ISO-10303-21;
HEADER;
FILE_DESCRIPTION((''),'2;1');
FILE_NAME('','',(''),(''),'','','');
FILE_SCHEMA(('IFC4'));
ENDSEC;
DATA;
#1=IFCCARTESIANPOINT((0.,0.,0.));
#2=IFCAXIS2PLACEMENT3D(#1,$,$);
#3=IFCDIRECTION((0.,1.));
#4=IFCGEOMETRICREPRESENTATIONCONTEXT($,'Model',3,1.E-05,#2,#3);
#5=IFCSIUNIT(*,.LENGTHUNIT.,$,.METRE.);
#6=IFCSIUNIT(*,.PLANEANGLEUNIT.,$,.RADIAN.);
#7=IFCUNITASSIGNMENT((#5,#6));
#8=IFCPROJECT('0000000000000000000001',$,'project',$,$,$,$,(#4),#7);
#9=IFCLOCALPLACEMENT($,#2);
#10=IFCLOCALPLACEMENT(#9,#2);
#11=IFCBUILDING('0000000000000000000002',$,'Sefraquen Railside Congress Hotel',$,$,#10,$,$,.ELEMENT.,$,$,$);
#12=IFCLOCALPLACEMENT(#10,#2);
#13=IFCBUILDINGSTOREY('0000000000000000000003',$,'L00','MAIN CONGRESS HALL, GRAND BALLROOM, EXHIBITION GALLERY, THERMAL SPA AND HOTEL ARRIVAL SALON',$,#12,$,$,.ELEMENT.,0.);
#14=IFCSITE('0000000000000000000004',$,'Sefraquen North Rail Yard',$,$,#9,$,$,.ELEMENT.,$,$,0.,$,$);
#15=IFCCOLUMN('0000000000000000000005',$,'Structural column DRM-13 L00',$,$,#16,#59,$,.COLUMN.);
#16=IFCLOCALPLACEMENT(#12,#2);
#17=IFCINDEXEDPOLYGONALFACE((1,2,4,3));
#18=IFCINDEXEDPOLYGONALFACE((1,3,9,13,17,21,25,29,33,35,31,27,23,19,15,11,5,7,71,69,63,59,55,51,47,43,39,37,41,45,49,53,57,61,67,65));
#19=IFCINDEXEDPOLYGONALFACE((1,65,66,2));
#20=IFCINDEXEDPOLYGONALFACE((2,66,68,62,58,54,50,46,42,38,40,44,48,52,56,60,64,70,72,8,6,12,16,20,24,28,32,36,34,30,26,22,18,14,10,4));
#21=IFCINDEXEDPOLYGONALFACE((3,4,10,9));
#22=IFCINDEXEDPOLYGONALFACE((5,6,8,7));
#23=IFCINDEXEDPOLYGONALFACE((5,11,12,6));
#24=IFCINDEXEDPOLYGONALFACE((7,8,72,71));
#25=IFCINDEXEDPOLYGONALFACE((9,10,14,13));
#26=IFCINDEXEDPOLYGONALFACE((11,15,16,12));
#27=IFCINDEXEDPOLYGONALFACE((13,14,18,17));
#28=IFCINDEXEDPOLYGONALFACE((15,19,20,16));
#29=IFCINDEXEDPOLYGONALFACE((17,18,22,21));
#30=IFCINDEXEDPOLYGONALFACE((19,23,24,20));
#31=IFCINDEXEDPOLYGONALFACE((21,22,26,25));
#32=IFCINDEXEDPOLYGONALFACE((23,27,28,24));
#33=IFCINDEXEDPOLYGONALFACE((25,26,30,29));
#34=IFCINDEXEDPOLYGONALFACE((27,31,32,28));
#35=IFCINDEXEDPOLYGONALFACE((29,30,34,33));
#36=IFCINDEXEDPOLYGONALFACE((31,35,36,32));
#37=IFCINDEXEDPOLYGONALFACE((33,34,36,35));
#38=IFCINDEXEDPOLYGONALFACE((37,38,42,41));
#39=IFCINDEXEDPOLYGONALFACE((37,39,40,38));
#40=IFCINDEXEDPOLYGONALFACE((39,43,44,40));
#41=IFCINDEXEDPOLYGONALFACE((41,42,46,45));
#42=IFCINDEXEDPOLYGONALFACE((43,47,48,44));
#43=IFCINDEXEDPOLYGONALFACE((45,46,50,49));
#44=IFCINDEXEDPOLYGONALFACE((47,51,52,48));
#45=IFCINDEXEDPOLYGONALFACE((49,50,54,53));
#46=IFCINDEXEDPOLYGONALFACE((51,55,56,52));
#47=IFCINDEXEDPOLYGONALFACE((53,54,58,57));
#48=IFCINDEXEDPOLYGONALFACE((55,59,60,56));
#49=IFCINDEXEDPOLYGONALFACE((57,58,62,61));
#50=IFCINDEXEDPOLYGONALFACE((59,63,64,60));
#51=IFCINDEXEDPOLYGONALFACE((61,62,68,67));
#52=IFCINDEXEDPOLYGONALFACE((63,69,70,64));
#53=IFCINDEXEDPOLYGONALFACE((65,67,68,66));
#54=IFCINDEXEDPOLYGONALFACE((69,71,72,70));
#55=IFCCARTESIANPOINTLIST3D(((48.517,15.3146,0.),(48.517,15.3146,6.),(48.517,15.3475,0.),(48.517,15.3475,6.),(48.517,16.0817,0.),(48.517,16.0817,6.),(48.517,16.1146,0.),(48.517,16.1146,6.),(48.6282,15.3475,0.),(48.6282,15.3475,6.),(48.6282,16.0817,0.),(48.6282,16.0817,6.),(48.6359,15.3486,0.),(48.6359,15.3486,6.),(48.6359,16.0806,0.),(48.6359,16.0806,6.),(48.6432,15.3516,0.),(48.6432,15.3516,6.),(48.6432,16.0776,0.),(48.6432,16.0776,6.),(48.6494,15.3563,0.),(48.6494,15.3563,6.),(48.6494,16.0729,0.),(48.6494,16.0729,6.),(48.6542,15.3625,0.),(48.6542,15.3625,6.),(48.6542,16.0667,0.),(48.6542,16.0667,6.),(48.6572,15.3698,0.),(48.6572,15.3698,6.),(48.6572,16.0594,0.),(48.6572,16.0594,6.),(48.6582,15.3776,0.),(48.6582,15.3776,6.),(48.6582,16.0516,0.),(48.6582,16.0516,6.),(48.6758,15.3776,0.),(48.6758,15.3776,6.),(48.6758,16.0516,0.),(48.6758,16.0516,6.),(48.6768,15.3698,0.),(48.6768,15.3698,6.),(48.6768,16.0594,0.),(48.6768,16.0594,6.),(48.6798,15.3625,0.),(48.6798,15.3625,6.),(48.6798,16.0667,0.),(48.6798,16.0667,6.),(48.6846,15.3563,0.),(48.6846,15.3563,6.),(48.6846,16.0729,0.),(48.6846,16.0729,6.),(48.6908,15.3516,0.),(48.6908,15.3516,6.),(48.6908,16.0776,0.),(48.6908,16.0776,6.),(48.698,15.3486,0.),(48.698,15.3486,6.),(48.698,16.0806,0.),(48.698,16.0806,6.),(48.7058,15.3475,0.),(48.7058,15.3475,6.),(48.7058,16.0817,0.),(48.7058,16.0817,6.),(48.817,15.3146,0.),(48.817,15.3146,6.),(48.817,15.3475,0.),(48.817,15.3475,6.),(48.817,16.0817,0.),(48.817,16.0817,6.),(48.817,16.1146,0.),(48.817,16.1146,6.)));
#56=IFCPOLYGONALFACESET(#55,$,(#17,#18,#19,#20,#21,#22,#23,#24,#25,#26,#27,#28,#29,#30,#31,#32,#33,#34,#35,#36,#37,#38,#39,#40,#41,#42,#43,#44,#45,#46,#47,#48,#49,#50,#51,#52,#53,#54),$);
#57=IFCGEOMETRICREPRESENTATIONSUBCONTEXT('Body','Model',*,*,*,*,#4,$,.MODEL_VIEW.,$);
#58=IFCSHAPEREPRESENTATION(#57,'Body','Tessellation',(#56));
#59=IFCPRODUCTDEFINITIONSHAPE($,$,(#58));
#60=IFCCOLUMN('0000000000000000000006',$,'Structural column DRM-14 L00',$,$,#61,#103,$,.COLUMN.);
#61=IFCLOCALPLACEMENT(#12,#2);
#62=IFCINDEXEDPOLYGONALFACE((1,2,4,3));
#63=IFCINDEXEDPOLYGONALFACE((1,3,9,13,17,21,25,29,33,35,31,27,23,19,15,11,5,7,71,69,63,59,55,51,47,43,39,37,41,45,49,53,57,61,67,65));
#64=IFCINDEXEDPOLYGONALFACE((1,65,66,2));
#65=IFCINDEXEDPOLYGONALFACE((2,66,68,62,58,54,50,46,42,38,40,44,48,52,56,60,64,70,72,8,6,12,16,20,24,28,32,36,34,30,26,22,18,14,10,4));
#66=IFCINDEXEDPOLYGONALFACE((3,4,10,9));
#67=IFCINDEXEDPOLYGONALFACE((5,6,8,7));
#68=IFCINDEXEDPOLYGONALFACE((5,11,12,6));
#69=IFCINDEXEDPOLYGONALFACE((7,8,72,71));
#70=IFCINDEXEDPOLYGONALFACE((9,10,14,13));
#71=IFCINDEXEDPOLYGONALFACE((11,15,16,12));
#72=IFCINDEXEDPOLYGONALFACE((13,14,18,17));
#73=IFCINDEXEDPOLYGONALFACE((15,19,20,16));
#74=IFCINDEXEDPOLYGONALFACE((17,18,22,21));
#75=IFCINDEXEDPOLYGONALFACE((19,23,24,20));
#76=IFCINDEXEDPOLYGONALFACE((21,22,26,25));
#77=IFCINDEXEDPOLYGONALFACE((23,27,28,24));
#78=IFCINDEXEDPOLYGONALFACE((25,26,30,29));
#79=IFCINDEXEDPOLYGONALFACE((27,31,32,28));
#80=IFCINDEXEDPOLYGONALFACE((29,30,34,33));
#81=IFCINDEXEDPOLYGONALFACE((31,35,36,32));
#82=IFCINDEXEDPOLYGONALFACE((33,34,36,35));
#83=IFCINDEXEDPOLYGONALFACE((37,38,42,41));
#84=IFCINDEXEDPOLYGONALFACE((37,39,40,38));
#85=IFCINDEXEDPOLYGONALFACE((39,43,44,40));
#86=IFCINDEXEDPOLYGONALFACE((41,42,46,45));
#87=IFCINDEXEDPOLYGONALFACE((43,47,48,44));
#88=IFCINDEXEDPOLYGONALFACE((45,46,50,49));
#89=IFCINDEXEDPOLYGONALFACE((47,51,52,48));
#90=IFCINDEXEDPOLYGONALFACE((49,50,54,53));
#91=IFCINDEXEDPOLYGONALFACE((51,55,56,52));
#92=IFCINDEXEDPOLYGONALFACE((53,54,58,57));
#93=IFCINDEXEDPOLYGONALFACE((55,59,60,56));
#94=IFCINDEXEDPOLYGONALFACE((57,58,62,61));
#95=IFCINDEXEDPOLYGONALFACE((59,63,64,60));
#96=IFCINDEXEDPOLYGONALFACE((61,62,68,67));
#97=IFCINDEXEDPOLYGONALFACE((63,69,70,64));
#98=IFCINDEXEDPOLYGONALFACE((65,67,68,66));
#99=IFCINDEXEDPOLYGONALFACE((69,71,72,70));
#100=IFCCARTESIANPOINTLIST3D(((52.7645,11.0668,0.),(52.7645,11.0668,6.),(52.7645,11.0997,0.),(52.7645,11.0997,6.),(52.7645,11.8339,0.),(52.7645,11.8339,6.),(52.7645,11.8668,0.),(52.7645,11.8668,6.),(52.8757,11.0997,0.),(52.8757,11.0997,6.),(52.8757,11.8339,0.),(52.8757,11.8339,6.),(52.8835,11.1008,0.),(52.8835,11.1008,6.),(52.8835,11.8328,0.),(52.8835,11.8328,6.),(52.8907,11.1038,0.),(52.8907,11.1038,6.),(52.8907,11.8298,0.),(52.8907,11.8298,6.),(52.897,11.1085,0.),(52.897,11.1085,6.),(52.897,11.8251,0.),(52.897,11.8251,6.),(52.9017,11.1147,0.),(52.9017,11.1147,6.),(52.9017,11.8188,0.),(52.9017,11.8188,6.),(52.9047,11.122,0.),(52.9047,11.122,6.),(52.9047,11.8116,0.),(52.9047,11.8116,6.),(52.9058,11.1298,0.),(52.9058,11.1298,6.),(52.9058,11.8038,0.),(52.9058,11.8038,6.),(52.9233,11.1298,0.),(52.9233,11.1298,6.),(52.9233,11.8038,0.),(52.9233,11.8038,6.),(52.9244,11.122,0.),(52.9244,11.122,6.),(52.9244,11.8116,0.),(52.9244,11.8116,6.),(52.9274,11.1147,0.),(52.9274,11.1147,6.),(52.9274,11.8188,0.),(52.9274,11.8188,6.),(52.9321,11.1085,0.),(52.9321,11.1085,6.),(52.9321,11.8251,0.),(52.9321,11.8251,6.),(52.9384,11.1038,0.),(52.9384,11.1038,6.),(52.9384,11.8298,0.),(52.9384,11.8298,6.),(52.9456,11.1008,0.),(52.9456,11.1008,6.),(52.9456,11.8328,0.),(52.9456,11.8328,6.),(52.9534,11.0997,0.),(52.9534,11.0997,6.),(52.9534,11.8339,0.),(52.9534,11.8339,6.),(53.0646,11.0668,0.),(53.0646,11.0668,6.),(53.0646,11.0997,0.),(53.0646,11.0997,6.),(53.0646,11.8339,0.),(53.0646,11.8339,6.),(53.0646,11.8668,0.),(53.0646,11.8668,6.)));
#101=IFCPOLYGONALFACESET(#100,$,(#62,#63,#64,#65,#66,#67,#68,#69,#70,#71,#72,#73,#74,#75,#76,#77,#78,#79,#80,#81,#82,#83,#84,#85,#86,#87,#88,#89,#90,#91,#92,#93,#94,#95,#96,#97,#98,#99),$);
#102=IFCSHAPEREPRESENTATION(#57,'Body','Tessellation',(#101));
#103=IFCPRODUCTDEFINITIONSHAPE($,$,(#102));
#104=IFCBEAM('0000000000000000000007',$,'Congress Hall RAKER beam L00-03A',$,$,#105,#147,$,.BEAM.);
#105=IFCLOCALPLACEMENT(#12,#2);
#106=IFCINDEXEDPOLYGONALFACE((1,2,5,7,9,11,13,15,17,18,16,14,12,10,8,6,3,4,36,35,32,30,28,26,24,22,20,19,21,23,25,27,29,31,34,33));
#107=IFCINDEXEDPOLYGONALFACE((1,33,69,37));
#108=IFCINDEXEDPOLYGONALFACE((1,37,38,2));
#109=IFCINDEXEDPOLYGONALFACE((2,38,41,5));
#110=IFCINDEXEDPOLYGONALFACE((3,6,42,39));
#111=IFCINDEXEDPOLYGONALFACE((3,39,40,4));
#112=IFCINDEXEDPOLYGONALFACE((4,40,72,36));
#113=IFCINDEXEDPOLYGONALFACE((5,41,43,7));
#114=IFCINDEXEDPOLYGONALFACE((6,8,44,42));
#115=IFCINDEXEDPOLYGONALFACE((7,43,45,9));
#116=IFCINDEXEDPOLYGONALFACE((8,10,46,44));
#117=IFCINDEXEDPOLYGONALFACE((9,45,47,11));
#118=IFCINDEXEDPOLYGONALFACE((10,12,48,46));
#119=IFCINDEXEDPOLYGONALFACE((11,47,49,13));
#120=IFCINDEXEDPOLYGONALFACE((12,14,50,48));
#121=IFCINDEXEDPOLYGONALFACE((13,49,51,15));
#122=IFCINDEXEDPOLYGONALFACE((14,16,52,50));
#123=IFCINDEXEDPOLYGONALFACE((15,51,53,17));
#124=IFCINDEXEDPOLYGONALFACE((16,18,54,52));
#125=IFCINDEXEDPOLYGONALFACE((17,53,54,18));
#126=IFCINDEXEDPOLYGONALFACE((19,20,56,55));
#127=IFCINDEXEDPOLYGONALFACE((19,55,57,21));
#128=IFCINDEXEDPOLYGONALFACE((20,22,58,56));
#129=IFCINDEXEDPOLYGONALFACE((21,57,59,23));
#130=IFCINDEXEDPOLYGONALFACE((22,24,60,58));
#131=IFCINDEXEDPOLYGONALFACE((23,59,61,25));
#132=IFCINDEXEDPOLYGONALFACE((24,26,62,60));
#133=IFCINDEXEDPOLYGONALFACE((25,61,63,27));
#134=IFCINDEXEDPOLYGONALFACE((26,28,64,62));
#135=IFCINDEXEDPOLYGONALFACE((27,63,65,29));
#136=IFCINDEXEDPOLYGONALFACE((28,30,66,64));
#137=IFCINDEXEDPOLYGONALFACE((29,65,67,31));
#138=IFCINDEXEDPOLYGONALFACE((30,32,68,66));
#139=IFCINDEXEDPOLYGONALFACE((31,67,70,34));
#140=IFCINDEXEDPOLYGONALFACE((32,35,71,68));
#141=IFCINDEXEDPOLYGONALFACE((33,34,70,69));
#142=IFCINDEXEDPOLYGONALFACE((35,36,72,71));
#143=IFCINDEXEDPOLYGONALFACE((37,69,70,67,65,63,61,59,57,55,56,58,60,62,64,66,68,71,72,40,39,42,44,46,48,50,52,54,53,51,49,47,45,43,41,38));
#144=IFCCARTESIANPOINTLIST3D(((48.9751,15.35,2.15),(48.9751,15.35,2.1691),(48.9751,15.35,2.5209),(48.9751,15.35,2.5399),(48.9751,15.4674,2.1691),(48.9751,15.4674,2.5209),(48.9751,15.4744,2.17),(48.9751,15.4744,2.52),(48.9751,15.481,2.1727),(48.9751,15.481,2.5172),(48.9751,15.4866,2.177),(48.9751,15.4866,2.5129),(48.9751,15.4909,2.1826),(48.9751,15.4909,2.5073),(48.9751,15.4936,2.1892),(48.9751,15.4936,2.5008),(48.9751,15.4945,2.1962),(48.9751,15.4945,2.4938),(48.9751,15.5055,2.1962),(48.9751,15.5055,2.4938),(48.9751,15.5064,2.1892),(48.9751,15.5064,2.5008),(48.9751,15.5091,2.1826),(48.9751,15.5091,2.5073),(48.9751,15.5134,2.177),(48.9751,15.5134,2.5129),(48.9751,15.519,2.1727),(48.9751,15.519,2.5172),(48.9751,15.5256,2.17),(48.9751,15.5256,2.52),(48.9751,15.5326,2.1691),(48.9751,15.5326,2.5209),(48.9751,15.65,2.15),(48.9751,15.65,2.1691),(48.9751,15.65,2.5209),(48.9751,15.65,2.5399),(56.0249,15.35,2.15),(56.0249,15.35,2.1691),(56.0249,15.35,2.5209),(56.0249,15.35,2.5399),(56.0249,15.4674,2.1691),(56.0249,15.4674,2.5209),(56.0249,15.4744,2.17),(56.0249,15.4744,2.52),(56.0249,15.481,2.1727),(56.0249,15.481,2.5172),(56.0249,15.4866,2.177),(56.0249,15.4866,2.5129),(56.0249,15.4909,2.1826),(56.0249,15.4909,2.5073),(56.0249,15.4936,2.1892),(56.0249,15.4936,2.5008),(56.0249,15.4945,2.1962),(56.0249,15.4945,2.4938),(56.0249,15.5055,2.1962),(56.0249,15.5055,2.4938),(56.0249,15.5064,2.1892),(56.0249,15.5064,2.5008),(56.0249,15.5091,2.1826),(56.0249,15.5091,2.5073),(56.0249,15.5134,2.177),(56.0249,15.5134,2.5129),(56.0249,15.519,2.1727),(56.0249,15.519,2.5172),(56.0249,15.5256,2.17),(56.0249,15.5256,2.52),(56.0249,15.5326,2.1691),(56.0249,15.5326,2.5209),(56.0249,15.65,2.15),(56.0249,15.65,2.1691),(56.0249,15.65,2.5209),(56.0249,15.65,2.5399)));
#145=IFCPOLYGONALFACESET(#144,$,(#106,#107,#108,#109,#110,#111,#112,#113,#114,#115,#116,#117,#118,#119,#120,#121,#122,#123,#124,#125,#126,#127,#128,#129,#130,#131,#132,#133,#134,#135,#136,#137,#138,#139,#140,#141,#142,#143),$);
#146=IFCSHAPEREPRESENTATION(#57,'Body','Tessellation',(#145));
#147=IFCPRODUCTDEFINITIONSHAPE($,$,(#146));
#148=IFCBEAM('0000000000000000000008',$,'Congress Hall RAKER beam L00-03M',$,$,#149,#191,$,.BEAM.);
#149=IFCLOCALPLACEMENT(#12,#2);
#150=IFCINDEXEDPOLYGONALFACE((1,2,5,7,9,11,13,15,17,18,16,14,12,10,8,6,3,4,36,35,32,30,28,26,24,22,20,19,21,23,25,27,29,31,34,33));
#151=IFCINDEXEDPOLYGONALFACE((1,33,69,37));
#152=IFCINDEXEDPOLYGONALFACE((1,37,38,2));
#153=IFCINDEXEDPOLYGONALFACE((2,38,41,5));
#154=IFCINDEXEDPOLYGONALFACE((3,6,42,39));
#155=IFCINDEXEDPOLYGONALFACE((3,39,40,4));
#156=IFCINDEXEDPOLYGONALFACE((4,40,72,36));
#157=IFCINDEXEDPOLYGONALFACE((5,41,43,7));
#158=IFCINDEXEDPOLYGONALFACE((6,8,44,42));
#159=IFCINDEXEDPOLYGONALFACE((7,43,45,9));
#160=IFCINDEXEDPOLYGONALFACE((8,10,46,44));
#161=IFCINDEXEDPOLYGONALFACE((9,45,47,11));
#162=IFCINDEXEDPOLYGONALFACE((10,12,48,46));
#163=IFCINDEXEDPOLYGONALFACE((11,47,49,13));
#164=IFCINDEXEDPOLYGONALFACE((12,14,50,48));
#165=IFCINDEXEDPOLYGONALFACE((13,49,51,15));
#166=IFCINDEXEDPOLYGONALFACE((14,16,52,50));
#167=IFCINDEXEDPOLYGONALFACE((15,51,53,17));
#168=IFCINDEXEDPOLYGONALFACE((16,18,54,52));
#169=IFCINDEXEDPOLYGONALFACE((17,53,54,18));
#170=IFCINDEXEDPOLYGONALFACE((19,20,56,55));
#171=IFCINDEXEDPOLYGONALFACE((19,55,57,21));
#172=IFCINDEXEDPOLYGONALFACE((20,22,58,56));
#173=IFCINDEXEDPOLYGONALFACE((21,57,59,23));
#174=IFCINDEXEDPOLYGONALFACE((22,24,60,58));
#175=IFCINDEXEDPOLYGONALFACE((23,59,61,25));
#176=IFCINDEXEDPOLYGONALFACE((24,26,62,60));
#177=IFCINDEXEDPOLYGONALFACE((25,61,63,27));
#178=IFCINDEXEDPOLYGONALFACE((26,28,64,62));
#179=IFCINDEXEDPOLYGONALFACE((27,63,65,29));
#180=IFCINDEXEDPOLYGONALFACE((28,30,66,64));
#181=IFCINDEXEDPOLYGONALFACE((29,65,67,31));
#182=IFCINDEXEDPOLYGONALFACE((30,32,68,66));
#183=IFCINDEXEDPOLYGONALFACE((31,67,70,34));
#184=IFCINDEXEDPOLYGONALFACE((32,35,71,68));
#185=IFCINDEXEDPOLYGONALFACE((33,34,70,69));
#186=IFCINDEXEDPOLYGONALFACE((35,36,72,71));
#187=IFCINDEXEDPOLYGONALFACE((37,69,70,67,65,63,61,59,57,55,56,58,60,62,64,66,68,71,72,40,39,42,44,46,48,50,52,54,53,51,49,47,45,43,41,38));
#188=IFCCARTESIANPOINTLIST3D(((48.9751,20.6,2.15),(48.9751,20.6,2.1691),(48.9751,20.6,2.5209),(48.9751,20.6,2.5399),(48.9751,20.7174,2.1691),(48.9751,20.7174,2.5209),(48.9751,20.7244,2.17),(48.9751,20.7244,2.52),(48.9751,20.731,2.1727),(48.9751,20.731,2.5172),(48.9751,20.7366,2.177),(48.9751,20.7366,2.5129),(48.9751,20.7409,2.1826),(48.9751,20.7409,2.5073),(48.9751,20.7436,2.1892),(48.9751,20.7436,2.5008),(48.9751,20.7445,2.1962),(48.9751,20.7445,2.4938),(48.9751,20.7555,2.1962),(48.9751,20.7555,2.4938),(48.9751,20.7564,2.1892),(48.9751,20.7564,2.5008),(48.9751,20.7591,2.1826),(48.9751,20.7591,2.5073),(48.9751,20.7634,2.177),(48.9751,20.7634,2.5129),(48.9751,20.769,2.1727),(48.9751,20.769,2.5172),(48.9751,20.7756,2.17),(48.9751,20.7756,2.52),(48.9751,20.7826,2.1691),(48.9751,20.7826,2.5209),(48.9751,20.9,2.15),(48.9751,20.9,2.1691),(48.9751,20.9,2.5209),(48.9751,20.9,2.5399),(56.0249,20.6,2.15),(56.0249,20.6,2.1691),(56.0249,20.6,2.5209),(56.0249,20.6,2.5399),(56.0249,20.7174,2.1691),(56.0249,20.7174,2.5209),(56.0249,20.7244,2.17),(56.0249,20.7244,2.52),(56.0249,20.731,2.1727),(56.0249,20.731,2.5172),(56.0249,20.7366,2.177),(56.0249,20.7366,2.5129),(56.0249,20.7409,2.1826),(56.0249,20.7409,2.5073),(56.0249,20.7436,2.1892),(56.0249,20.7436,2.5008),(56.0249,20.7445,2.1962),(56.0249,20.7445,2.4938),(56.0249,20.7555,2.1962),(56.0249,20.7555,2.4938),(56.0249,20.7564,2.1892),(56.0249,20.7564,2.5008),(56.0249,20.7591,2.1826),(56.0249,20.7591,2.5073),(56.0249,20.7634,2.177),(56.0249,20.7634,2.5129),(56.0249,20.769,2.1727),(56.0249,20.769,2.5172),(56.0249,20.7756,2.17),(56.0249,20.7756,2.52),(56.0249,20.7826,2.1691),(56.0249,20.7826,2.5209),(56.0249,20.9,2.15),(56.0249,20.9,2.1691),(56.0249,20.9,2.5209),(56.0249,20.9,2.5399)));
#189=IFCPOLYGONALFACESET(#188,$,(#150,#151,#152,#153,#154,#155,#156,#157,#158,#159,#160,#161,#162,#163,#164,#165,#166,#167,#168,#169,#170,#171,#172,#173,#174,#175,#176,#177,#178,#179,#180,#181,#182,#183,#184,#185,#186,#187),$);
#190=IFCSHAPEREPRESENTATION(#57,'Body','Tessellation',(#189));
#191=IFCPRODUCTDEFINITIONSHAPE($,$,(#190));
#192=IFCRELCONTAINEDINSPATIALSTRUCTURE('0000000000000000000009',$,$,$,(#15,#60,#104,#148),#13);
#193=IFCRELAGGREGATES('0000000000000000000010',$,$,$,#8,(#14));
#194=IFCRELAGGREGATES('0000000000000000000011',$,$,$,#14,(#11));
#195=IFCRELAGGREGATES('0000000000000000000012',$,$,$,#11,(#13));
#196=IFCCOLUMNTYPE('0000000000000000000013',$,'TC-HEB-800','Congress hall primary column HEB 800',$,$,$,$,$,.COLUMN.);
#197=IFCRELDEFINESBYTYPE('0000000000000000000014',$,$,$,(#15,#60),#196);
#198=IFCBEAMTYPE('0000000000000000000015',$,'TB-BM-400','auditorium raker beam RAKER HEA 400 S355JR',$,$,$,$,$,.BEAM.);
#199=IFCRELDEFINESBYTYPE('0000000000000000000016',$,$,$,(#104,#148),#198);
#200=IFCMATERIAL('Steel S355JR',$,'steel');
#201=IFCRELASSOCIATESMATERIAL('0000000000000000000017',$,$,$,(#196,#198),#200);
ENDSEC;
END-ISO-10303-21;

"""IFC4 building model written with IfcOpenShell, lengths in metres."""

from ifc_helpers import new_model, si_unit, direction, frame, origin, origin_2d, place, context, subcontext, project, spatial, i_section, extrude, material, material_profile, profile_set, type_object, element, save


model = new_model("IFC4")

# Units and contexts
model_context = context("Model", 3, precision=1e-05, world=origin(), true_north=direction((0.0, 1.0)))
body_context = subcontext(model_context, "Body", "Model", "MODEL_VIEW")
ifc_project = project(units=[si_unit("LENGTHUNIT", "METRE"), si_unit("PLANEANGLEUNIT", "RADIAN")], contexts=[model_context])

# Site, building, storey
site_placement = place(None, origin())
site = spatial("IfcSite", under=ifc_project, at=site_placement, Name="Sefraquen North Rail Yard", CompositionType="ELEMENT", RefElevation=0.0)
building_placement = place(site_placement, origin())
building = spatial("IfcBuilding", under=site, at=building_placement, Name="Sefraquen Railside Congress Hotel", CompositionType="ELEMENT")
storey_placement = place(building_placement, origin())
storey = spatial("IfcBuildingStorey", under=building, at=storey_placement, Name="L00", Description="MAIN CONGRESS HALL, GRAND BALLROOM, EXHIBITION GALLERY, THERMAL SPA AND HOTEL ARRIVAL SALON", CompositionType="ELEMENT", Elevation=0.0)

# Columns
ifc_material_1 = material(Name="Steel S355JR", Category="steel")
ifc_material_profile_1 = material_profile(ifc_material_1, i_section(OverallWidth=0.3, OverallDepth=0.8, WebThickness=0.0176, FlangeThickness=0.033, FilletRadius=0.03, at=origin_2d()), Name="HEB 800")
ifc_profile_set_1 = profile_set([ifc_material_profile_1], Name="Steel S355JR")
column_type = type_object("IfcColumnType", Name="TC-HEB-800", Description="Congress hall primary column HEB 800", PredefinedType="COLUMN", material=ifc_profile_set_1)
for number, where, z_axis, x_axis, name in (
    (1, (48.667, 15.7146, 0.0), (0.0, 0.0, 1.0), (1.0, 0.0, 0.0), "Structural column DRM-13 L00"),
    (2, (52.9146, 11.4668, 0.0), (0.0, 0.0, 1.0), (1.0, 0.0, 0.0), "Structural column DRM-14 L00"),
):
    element("IfcColumn", number, at=place(storey_placement, frame(where, z_axis=z_axis, x_axis=x_axis)), inside=storey, type_object=column_type, Name=name, PredefinedType="COLUMN", context=body_context, shape_type="SweptSolid", body=[
        extrude(i_section(OverallWidth=0.3, OverallDepth=0.8, WebThickness=0.0176, FlangeThickness=0.033, FilletRadius=0.03, at=origin_2d()), origin(), (0.0, 0.0, 1.0), 6.0),
    ])

# Beams
ifc_material_profile_2 = material_profile(ifc_material_1, i_section(OverallWidth=0.3, OverallDepth=0.3899, WebThickness=0.011, FlangeThickness=0.019, FilletRadius=0.0271, at=origin_2d()), Name="HEA 400")
ifc_profile_set_2 = profile_set([ifc_material_profile_2], Name="Steel S355JR")
beam_type_1 = type_object("IfcBeamType", Name="TB-BM-400", Description="auditorium raker beam RAKER HEA 400 S355JR", PredefinedType="BEAM", material=ifc_profile_set_2)
for number, where, z_axis, x_axis, name in (
    (3, (48.9751, 15.5, 2.345), (1.0, 0.0, 0.0), (0.0, 1.0, 0.0), "Congress Hall RAKER beam L00-03A"),
    (4, (48.9751, 20.75, 2.345), (1.0, 0.0, 0.0), (0.0, 1.0, 0.0), "Congress Hall RAKER beam L00-03M"),
):
    element("IfcBeam", number, at=place(storey_placement, frame(where, z_axis=z_axis, x_axis=x_axis)), inside=storey, type_object=beam_type_1, Name=name, PredefinedType="BEAM", context=body_context, shape_type="SweptSolid", body=[
        extrude(i_section(OverallWidth=0.3, OverallDepth=0.3899, WebThickness=0.011, FlangeThickness=0.019, FilletRadius=0.0271, at=origin_2d()), origin(), (0.0, 0.0, 1.0), 7.0498),
    ])

save(model, "model.ifc")
